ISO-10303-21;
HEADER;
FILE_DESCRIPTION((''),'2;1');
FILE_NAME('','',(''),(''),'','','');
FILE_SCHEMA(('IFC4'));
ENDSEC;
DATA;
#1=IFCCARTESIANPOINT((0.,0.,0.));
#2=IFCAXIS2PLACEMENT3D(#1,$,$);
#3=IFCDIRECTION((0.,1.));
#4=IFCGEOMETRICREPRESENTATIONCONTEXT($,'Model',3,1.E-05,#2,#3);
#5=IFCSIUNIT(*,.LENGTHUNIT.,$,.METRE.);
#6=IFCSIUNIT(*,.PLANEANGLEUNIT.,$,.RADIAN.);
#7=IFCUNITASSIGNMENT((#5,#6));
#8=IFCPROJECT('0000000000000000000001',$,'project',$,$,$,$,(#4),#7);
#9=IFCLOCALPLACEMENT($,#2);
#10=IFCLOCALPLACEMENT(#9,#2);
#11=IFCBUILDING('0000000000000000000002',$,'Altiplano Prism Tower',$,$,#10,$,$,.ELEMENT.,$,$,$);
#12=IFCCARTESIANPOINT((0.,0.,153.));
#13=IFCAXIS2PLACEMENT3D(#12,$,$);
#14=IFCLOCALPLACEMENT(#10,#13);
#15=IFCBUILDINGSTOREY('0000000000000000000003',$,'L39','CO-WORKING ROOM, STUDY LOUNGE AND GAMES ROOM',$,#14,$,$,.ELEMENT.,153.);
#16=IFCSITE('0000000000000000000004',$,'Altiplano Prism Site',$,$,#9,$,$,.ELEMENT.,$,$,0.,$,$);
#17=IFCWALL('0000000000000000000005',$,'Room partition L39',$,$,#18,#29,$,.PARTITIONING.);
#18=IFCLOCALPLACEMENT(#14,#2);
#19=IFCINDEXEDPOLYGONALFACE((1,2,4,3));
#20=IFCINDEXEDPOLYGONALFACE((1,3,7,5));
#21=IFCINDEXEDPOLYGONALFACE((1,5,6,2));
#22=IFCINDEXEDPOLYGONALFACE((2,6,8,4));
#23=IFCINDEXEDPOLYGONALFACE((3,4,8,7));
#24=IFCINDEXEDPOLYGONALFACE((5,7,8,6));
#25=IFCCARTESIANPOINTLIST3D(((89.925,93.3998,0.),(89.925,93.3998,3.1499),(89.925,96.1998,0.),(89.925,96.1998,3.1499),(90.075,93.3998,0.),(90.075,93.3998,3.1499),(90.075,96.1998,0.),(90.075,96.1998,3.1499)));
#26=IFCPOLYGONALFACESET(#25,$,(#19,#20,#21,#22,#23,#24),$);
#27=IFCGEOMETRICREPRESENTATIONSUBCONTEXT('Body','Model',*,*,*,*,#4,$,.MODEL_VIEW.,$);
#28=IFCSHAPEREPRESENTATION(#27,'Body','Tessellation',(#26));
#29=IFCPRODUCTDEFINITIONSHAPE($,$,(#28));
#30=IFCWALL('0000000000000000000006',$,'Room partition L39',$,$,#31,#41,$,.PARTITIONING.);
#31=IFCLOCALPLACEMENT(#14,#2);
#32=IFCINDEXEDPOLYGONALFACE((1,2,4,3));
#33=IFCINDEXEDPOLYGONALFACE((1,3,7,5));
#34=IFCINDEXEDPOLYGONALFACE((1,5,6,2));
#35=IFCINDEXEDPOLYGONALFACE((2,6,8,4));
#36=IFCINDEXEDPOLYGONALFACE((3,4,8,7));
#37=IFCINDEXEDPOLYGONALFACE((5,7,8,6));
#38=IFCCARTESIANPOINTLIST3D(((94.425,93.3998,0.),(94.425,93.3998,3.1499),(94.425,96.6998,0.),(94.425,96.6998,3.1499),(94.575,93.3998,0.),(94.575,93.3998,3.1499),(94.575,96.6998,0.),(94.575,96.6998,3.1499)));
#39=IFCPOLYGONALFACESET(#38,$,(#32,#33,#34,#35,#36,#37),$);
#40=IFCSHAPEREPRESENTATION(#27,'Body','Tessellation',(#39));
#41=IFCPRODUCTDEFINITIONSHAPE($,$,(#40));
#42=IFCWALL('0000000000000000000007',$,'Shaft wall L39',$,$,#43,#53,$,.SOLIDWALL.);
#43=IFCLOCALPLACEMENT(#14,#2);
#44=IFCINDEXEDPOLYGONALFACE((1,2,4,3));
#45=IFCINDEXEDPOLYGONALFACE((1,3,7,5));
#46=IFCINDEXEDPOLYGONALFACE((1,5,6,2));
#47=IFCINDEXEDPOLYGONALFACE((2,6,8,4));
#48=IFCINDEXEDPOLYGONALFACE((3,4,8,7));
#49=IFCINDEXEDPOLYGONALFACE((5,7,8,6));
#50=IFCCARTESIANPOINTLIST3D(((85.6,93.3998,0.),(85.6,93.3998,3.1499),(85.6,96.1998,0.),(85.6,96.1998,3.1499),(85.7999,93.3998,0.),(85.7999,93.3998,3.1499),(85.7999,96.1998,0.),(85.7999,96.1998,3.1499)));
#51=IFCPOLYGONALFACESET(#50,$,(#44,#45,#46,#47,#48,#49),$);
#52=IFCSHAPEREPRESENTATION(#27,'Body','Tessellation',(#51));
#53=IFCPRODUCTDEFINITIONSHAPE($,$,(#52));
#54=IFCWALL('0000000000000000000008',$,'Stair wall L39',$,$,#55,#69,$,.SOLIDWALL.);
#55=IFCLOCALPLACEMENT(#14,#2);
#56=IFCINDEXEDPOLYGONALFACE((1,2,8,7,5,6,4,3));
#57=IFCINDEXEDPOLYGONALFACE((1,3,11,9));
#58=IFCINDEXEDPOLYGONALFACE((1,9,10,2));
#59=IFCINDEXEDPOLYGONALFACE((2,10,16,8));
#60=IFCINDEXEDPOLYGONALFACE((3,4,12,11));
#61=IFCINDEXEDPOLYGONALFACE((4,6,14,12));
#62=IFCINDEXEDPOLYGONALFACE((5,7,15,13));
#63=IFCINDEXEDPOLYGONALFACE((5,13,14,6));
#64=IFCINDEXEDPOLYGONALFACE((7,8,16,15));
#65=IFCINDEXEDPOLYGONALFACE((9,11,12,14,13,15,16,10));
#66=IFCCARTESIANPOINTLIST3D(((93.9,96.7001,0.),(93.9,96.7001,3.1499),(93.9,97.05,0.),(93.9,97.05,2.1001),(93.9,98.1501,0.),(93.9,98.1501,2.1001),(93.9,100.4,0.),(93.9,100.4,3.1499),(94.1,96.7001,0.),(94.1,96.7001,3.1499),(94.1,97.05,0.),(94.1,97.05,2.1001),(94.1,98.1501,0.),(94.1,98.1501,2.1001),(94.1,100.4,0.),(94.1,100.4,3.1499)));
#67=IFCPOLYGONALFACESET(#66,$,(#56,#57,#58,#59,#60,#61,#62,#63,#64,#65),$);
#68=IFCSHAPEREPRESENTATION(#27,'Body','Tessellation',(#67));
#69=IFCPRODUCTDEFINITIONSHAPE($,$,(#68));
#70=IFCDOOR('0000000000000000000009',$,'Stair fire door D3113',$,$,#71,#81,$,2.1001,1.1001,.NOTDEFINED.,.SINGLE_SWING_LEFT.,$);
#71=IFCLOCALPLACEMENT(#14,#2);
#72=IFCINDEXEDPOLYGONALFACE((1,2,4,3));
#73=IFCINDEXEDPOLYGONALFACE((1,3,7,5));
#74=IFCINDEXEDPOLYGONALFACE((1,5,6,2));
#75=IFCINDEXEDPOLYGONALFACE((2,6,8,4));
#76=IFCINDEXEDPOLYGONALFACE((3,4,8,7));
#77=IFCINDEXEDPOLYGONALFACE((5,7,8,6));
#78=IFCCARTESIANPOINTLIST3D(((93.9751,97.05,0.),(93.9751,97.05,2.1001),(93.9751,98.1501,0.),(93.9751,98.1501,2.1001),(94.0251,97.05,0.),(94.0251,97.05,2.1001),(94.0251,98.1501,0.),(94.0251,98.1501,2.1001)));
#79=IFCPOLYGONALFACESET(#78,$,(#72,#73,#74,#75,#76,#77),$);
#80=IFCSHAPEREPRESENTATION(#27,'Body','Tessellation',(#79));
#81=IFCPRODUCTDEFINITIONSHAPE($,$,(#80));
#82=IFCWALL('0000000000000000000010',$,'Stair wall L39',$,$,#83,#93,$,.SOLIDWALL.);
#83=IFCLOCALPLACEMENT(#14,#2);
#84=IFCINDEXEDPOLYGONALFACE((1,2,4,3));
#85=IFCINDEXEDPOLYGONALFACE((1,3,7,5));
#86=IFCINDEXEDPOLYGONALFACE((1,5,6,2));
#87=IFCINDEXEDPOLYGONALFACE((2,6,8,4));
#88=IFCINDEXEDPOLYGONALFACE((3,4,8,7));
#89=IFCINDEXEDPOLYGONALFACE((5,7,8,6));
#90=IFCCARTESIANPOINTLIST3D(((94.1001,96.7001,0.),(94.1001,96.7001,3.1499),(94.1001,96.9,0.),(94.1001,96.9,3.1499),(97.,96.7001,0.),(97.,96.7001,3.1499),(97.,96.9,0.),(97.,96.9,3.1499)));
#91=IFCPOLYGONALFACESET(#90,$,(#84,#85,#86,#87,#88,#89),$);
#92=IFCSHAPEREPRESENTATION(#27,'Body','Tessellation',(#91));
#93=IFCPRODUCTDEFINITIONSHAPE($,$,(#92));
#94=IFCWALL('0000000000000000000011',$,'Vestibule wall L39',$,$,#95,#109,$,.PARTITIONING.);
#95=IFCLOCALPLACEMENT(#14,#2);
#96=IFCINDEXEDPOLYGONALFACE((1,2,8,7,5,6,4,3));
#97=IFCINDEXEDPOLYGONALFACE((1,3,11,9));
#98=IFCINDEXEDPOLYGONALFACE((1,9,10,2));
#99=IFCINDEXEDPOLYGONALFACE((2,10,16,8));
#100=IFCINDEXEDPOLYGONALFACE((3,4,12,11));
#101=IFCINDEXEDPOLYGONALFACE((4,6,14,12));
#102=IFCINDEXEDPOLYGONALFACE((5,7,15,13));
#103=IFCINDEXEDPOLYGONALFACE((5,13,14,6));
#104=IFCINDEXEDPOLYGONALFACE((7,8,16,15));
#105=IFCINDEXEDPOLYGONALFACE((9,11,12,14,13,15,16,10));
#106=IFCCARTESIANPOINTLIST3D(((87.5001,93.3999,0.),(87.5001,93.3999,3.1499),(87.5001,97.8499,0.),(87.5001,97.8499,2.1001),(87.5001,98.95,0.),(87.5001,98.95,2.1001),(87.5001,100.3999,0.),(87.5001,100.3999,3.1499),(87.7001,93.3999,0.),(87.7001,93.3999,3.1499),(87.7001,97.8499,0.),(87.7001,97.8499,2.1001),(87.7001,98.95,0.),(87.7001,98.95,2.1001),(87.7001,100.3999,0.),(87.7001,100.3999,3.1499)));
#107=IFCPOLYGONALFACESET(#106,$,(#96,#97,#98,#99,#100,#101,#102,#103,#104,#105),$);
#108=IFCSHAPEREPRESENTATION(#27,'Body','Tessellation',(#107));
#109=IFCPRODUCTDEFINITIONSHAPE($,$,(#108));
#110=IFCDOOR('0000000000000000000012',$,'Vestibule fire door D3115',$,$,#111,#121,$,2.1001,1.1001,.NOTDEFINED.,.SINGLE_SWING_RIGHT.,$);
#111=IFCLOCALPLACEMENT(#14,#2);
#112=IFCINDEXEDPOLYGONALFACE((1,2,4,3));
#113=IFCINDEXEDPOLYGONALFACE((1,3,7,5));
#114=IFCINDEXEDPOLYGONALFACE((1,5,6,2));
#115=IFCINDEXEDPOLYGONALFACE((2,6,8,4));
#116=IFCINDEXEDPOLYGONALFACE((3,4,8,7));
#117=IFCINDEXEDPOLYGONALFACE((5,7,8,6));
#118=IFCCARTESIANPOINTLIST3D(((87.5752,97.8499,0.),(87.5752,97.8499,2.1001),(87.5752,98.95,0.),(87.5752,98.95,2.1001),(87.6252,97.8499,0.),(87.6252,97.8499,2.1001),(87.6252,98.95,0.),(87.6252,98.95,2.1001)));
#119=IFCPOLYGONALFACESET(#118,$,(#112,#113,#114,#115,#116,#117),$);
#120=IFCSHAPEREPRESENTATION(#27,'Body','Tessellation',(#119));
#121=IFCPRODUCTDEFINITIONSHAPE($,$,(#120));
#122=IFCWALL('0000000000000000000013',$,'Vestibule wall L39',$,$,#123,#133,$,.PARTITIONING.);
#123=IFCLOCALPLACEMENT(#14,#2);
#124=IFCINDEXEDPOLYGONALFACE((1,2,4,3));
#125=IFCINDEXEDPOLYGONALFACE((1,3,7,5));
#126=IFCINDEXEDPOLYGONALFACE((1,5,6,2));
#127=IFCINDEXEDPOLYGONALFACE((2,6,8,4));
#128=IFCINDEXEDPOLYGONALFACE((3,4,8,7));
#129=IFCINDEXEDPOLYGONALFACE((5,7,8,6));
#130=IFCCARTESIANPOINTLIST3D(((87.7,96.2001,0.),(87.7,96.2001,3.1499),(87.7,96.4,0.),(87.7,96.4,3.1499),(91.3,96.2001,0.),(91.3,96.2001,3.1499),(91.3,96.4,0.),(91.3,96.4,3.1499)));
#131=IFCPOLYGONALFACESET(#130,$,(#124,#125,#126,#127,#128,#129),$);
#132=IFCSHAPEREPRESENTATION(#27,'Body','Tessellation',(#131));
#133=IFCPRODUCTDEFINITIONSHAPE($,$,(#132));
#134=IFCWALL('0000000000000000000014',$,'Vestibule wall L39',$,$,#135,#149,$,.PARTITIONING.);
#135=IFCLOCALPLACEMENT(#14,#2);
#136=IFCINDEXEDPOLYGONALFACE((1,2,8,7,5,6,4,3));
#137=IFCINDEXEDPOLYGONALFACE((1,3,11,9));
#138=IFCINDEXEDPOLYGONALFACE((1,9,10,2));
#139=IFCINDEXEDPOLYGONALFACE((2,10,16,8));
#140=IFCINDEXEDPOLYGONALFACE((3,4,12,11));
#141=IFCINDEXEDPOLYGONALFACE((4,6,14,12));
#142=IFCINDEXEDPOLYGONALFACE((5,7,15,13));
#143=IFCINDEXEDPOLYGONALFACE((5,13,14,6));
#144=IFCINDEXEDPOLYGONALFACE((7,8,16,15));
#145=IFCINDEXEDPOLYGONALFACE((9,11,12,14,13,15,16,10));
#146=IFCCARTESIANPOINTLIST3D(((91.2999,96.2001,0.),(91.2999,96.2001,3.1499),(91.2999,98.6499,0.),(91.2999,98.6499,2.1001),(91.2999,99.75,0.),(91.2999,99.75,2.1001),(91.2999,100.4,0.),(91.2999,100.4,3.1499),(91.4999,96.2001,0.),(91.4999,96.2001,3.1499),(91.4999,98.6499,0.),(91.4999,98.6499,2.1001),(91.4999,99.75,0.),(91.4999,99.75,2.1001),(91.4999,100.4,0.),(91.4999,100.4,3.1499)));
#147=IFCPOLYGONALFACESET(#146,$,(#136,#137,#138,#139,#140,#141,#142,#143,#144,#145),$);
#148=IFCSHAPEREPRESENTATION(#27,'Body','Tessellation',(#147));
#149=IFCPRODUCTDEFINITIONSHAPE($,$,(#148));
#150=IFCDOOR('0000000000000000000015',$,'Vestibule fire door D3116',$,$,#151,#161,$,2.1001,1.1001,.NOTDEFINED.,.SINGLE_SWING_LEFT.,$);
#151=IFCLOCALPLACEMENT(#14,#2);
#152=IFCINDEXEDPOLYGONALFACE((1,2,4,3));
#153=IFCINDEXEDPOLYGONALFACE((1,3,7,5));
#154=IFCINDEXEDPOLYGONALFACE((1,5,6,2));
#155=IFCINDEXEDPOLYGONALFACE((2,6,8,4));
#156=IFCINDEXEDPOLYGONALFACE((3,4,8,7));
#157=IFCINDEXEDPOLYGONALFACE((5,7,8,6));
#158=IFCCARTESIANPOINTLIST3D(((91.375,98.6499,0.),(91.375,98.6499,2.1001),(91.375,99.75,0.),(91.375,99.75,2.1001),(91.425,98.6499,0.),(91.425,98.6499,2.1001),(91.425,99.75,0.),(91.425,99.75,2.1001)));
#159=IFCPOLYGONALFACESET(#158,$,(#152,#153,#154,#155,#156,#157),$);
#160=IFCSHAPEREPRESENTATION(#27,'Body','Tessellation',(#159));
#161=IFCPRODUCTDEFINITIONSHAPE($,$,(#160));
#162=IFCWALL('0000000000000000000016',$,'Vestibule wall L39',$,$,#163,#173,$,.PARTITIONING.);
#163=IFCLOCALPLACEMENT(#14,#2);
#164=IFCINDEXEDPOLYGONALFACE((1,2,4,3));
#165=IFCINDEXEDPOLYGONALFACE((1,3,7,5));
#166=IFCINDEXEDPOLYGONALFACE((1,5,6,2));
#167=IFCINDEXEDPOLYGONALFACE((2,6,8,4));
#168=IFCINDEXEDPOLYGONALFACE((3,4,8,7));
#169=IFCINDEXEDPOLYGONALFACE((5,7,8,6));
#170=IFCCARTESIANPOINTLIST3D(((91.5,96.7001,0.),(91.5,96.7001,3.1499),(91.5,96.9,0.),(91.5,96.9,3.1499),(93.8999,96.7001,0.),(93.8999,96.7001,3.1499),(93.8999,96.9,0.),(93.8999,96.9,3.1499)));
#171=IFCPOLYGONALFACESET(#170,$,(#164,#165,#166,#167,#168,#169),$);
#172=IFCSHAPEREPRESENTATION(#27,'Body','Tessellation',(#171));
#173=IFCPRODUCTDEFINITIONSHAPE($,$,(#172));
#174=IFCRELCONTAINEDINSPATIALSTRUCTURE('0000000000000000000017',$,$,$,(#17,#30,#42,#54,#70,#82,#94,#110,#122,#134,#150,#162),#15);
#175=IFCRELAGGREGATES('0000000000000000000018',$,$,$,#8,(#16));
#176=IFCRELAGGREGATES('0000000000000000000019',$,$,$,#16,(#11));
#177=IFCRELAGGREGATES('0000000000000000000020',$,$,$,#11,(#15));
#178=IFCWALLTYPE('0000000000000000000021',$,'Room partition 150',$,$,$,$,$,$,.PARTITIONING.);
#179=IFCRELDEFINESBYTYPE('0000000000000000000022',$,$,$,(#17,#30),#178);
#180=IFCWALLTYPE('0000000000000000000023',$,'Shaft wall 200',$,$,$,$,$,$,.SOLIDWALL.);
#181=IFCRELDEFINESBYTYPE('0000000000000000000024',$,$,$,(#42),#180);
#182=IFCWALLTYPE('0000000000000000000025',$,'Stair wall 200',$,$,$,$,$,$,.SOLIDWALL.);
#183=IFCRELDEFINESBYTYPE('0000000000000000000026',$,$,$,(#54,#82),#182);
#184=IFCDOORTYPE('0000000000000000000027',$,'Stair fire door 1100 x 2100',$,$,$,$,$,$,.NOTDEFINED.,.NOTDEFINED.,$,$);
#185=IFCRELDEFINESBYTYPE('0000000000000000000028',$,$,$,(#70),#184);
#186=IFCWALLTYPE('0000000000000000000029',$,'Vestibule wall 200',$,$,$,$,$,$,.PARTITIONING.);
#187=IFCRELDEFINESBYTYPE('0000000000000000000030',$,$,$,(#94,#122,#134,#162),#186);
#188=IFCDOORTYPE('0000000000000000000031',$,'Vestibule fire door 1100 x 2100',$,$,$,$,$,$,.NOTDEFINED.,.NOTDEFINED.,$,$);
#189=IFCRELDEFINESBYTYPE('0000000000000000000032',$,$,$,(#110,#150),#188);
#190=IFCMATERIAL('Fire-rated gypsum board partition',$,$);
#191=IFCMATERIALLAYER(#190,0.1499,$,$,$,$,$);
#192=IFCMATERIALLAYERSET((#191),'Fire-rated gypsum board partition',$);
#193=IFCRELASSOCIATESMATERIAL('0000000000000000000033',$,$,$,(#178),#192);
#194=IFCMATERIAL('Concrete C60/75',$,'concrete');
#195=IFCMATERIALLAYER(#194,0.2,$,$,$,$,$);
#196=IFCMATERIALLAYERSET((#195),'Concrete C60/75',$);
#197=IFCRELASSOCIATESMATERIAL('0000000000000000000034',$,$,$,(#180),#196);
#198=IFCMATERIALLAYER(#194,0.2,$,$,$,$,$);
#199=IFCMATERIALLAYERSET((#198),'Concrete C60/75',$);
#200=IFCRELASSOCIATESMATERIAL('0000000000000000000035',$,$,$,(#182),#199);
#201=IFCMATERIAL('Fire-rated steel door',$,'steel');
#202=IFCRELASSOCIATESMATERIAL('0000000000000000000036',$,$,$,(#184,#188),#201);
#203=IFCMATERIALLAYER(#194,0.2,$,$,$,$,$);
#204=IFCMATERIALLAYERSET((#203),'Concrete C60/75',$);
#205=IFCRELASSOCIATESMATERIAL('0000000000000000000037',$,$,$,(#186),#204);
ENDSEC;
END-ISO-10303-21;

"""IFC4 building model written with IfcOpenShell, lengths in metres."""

from ifc_helpers import new_model, si_unit, direction, frame, frame_2d, origin, place, context, subcontext, project, spatial, rectangle, extrude, material, layer, layer_set, type_object, element, fill, save


model = new_model("IFC4")

# Units and contexts
model_context = context("Model", 3, precision=1e-05, world=origin(), true_north=direction((0.0, 1.0)))
body_context = subcontext(model_context, "Body", "Model", "MODEL_VIEW")
ifc_project = project(units=[si_unit("LENGTHUNIT", "METRE"), si_unit("PLANEANGLEUNIT", "RADIAN")], contexts=[model_context])

# Site, building, storey
site_placement = place(None, origin())
site = spatial("IfcSite", under=ifc_project, at=site_placement, Name="Altiplano Prism Site", CompositionType="ELEMENT", RefElevation=0.0)
building_placement = place(site_placement, origin())
building = spatial("IfcBuilding", under=site, at=building_placement, Name="Altiplano Prism Tower", CompositionType="ELEMENT")
storey_placement = place(building_placement, frame((0.0, 0.0, 153.0)))
storey = spatial("IfcBuildingStorey", under=building, at=storey_placement, Name="L39", Description="CO-WORKING ROOM, STUDY LOUNGE AND GAMES ROOM", CompositionType="ELEMENT", Elevation=153.0)

# Shared definitions
ifc_material_1 = material(Name="Concrete C60/75", Category="concrete")

# Walls
ifc_material_2 = material(Name="Fire-rated gypsum board partition")
ifc_layer_1 = layer(ifc_material_2, 0.1499)
ifc_layer_set_1 = layer_set([ifc_layer_1], Name="Fire-rated gypsum board partition")
wall_type_1 = type_object("IfcWallType", Name="Room partition 150", PredefinedType="PARTITIONING", material=ifc_layer_set_1)
wall_1_placement = place(storey_placement, frame((90.0, 93.3999, 0.0), z_axis=(0.0, 0.0, 1.0), x_axis=(0.0, 1.0, 0.0)))
element("IfcWall", 1, at=wall_1_placement, inside=storey, type_object=wall_type_1, Name="Room partition L39", PredefinedType="PARTITIONING", context=body_context, shape_type="SweptSolid", body=[
    extrude(rectangle(XDim=2.8, YDim=0.1499, at=frame_2d((1.3999, 0.0))), origin(), (0.0, 0.0, 1.0), 3.1499),
])
wall_2_placement = place(storey_placement, frame((94.5, 93.3999, 0.0), z_axis=(0.0, 0.0, 1.0), x_axis=(0.0, 1.0, 0.0)))
element("IfcWall", 2, at=wall_2_placement, inside=storey, type_object=wall_type_1, Name="Room partition L39", PredefinedType="PARTITIONING", context=body_context, shape_type="SweptSolid", body=[
    extrude(rectangle(XDim=3.3, YDim=0.1499, at=frame_2d((1.6499, 0.0))), origin(), (0.0, 0.0, 1.0), 3.1499),
])
ifc_layer_2 = layer(ifc_material_1, 0.2)
ifc_layer_set_2 = layer_set([ifc_layer_2], Name="Concrete C60/75")
wall_type_2 = type_object("IfcWallType", Name="Shaft wall 200", PredefinedType="SOLIDWALL", material=ifc_layer_set_2)
wall_3_placement = place(storey_placement, frame((85.7, 93.3999, 0.0), z_axis=(0.0, 0.0, 1.0), x_axis=(0.0, 1.0, 0.0)))
element("IfcWall", 3, at=wall_3_placement, inside=storey, type_object=wall_type_2, Name="Shaft wall L39", PredefinedType="SOLIDWALL", context=body_context, shape_type="SweptSolid", body=[
    extrude(rectangle(XDim=2.8, YDim=0.2, at=frame_2d((1.3999, 0.0))), origin(), (0.0, 0.0, 1.0), 3.1499),
])

# Wall, opening, door
ifc_layer_3 = layer(ifc_material_1, 0.2)
ifc_layer_set_3 = layer_set([ifc_layer_3], Name="Concrete C60/75")
wall_type_3 = type_object("IfcWallType", Name="Stair wall 200", PredefinedType="SOLIDWALL", material=ifc_layer_set_3)
wall_4_placement = place(storey_placement, frame((94.0, 96.7, 0.0), z_axis=(0.0, 0.0, 1.0), x_axis=(0.0, 1.0, 0.0)))
wall_4 = element("IfcWall", 4, at=wall_4_placement, inside=storey, type_object=wall_type_3, Name="Stair wall L39", PredefinedType="SOLIDWALL", context=body_context, shape_type="SweptSolid", body=[
    extrude(rectangle(XDim=3.7, YDim=0.2, at=frame_2d((1.8501, 0.0))), origin(), (0.0, 0.0, 1.0), 3.1499),
])
opening_1_placement = place(wall_4_placement, frame((0.3501, 0.0, 0.0)))
opening_1 = element("IfcOpeningElement", 5, at=opening_1_placement, cuts=wall_4, PredefinedType="OPENING", context=body_context, shape_type="SweptSolid", body=[
    extrude(rectangle(XDim=1.1001, YDim=2.1001, at=frame_2d((0.55, 1.05))), frame((0.0, 0.1104, 0.0), z_axis=(0.0, -1.0, 0.0), x_axis=(1.0, 0.0, 0.0)), (0.0, 0.0, 1.0), 0.2209),
])
ifc_material_3 = material(Name="Fire-rated steel door", Category="steel")
door_type_1 = type_object("IfcDoorType", Name="Stair fire door 1100 x 2100", OperationType="NOTDEFINED", PredefinedType="NOTDEFINED", material=ifc_material_3)
door_1_placement = place(opening_1_placement, origin())
door_1 = element("IfcDoor", 6, at=door_1_placement, inside=storey, type_object=door_type_1, Name="Stair fire door D3113", OperationType="SINGLE_SWING_LEFT", OverallHeight=2.1001, OverallWidth=1.1001, PredefinedType="NOTDEFINED", context=body_context, shape_type="SweptSolid", body=[
    extrude(rectangle(XDim=1.1001, YDim=2.1001, at=frame_2d((0.55, 1.05))), frame((0.0, 0.0249, 0.0), z_axis=(0.0, -1.0, 0.0), x_axis=(1.0, 0.0, 0.0)), (0.0, 0.0, 1.0), 0.05),
])
fill(opening_1, door_1)

# Wall
wall_5_placement = place(storey_placement, frame((94.1001, 96.8, 0.0), z_axis=(0.0, 0.0, 1.0), x_axis=(1.0, 0.0, 0.0)))
element("IfcWall", 7, at=wall_5_placement, inside=storey, type_object=wall_type_3, Name="Stair wall L39", PredefinedType="SOLIDWALL", context=body_context, shape_type="SweptSolid", body=[
    extrude(rectangle(XDim=2.8999, YDim=0.2, at=frame_2d((1.45, 0.0))), origin(), (0.0, 0.0, 1.0), 3.1499),
])

# Wall, opening, door
ifc_layer_4 = layer(ifc_material_1, 0.2)
ifc_layer_set_4 = layer_set([ifc_layer_4], Name="Concrete C60/75")
wall_type_4 = type_object("IfcWallType", Name="Vestibule wall 200", PredefinedType="PARTITIONING", material=ifc_layer_set_4)
wall_6_placement = place(storey_placement, frame((87.6001, 93.3999, 0.0), z_axis=(0.0, 0.0, 1.0), x_axis=(0.0, 1.0, 0.0)))
wall_6 = element("IfcWall", 8, at=wall_6_placement, inside=storey, type_object=wall_type_4, Name="Vestibule wall L39", PredefinedType="PARTITIONING", context=body_context, shape_type="SweptSolid", body=[
    extrude(rectangle(XDim=7.0, YDim=0.2, at=frame_2d((3.5, 0.0))), origin(), (0.0, 0.0, 1.0), 3.1499),
])
opening_2_placement = place(wall_6_placement, frame((4.45, 0.0, 0.0)))
opening_2 = element("IfcOpeningElement", 9, at=opening_2_placement, cuts=wall_6, PredefinedType="OPENING", context=body_context, shape_type="SweptSolid", body=[
    extrude(rectangle(XDim=1.1001, YDim=2.1001, at=frame_2d((0.55, 1.05))), frame((0.0, 0.1104, 0.0), z_axis=(0.0, -1.0, 0.0), x_axis=(1.0, 0.0, 0.0)), (0.0, 0.0, 1.0), 0.2209),
])
door_type_2 = type_object("IfcDoorType", Name="Vestibule fire door 1100 x 2100", OperationType="NOTDEFINED", PredefinedType="NOTDEFINED", material=ifc_material_3)
door_2_placement = place(opening_2_placement, origin())
door_2 = element("IfcDoor", 10, at=door_2_placement, inside=storey, type_object=door_type_2, Name="Vestibule fire door D3115", OperationType="SINGLE_SWING_RIGHT", OverallHeight=2.1001, OverallWidth=1.1001, PredefinedType="NOTDEFINED", context=body_context, shape_type="SweptSolid", body=[
    extrude(rectangle(XDim=1.1001, YDim=2.1001, at=frame_2d((0.55, 1.05))), frame((0.0, 0.0249, 0.0), z_axis=(0.0, -1.0, 0.0), x_axis=(1.0, 0.0, 0.0)), (0.0, 0.0, 1.0), 0.05),
])
fill(opening_2, door_2)

# Wall
wall_7_placement = place(storey_placement, frame((87.7, 96.3, 0.0), z_axis=(0.0, 0.0, 1.0), x_axis=(1.0, 0.0, 0.0)))
element("IfcWall", 11, at=wall_7_placement, inside=storey, type_object=wall_type_4, Name="Vestibule wall L39", PredefinedType="PARTITIONING", context=body_context, shape_type="SweptSolid", body=[
    extrude(rectangle(XDim=3.6001, YDim=0.2, at=frame_2d((1.8, 0.0))), origin(), (0.0, 0.0, 1.0), 3.1499),
])

# Wall, opening, door
wall_8_placement = place(storey_placement, frame((91.3999, 96.2, 0.0), z_axis=(0.0, 0.0, 1.0), x_axis=(0.0, 1.0, 0.0)))
wall_8 = element("IfcWall", 12, at=wall_8_placement, inside=storey, type_object=wall_type_4, Name="Vestibule wall L39", PredefinedType="PARTITIONING", context=body_context, shape_type="SweptSolid", body=[
    extrude(rectangle(XDim=4.2, YDim=0.2, at=frame_2d((2.1001, 0.0))), origin(), (0.0, 0.0, 1.0), 3.1499),
])
opening_3_placement = place(wall_8_placement, frame((2.45, 0.0, 0.0)))
opening_3 = element("IfcOpeningElement", 13, at=opening_3_placement, cuts=wall_8, PredefinedType="OPENING", context=body_context, shape_type="SweptSolid", body=[
    extrude(rectangle(XDim=1.1001, YDim=2.1001, at=frame_2d((0.55, 1.05))), frame((0.0, 0.1104, 0.0), z_axis=(0.0, -1.0, 0.0), x_axis=(1.0, 0.0, 0.0)), (0.0, 0.0, 1.0), 0.2209),
])
door_3_placement = place(opening_3_placement, origin())
door_3 = element("IfcDoor", 14, at=door_3_placement, inside=storey, type_object=door_type_2, Name="Vestibule fire door D3116", OperationType="SINGLE_SWING_LEFT", OverallHeight=2.1001, OverallWidth=1.1001, PredefinedType="NOTDEFINED", context=body_context, shape_type="SweptSolid", body=[
    extrude(rectangle(XDim=1.1001, YDim=2.1001, at=frame_2d((0.55, 1.05))), frame((0.0, 0.0249, 0.0), z_axis=(0.0, -1.0, 0.0), x_axis=(1.0, 0.0, 0.0)), (0.0, 0.0, 1.0), 0.05),
])
fill(opening_3, door_3)

# Wall
wall_9_placement = place(storey_placement, frame((91.5, 96.8, 0.0), z_axis=(0.0, 0.0, 1.0), x_axis=(1.0, 0.0, 0.0)))
element("IfcWall", 15, at=wall_9_placement, inside=storey, type_object=wall_type_4, Name="Vestibule wall L39", PredefinedType="PARTITIONING", context=body_context, shape_type="SweptSolid", body=[
    extrude(rectangle(XDim=2.3999, YDim=0.2, at=frame_2d((1.2, 0.0))), origin(), (0.0, 0.0, 1.0), 3.1499),
])

save(model, "model.ifc")
